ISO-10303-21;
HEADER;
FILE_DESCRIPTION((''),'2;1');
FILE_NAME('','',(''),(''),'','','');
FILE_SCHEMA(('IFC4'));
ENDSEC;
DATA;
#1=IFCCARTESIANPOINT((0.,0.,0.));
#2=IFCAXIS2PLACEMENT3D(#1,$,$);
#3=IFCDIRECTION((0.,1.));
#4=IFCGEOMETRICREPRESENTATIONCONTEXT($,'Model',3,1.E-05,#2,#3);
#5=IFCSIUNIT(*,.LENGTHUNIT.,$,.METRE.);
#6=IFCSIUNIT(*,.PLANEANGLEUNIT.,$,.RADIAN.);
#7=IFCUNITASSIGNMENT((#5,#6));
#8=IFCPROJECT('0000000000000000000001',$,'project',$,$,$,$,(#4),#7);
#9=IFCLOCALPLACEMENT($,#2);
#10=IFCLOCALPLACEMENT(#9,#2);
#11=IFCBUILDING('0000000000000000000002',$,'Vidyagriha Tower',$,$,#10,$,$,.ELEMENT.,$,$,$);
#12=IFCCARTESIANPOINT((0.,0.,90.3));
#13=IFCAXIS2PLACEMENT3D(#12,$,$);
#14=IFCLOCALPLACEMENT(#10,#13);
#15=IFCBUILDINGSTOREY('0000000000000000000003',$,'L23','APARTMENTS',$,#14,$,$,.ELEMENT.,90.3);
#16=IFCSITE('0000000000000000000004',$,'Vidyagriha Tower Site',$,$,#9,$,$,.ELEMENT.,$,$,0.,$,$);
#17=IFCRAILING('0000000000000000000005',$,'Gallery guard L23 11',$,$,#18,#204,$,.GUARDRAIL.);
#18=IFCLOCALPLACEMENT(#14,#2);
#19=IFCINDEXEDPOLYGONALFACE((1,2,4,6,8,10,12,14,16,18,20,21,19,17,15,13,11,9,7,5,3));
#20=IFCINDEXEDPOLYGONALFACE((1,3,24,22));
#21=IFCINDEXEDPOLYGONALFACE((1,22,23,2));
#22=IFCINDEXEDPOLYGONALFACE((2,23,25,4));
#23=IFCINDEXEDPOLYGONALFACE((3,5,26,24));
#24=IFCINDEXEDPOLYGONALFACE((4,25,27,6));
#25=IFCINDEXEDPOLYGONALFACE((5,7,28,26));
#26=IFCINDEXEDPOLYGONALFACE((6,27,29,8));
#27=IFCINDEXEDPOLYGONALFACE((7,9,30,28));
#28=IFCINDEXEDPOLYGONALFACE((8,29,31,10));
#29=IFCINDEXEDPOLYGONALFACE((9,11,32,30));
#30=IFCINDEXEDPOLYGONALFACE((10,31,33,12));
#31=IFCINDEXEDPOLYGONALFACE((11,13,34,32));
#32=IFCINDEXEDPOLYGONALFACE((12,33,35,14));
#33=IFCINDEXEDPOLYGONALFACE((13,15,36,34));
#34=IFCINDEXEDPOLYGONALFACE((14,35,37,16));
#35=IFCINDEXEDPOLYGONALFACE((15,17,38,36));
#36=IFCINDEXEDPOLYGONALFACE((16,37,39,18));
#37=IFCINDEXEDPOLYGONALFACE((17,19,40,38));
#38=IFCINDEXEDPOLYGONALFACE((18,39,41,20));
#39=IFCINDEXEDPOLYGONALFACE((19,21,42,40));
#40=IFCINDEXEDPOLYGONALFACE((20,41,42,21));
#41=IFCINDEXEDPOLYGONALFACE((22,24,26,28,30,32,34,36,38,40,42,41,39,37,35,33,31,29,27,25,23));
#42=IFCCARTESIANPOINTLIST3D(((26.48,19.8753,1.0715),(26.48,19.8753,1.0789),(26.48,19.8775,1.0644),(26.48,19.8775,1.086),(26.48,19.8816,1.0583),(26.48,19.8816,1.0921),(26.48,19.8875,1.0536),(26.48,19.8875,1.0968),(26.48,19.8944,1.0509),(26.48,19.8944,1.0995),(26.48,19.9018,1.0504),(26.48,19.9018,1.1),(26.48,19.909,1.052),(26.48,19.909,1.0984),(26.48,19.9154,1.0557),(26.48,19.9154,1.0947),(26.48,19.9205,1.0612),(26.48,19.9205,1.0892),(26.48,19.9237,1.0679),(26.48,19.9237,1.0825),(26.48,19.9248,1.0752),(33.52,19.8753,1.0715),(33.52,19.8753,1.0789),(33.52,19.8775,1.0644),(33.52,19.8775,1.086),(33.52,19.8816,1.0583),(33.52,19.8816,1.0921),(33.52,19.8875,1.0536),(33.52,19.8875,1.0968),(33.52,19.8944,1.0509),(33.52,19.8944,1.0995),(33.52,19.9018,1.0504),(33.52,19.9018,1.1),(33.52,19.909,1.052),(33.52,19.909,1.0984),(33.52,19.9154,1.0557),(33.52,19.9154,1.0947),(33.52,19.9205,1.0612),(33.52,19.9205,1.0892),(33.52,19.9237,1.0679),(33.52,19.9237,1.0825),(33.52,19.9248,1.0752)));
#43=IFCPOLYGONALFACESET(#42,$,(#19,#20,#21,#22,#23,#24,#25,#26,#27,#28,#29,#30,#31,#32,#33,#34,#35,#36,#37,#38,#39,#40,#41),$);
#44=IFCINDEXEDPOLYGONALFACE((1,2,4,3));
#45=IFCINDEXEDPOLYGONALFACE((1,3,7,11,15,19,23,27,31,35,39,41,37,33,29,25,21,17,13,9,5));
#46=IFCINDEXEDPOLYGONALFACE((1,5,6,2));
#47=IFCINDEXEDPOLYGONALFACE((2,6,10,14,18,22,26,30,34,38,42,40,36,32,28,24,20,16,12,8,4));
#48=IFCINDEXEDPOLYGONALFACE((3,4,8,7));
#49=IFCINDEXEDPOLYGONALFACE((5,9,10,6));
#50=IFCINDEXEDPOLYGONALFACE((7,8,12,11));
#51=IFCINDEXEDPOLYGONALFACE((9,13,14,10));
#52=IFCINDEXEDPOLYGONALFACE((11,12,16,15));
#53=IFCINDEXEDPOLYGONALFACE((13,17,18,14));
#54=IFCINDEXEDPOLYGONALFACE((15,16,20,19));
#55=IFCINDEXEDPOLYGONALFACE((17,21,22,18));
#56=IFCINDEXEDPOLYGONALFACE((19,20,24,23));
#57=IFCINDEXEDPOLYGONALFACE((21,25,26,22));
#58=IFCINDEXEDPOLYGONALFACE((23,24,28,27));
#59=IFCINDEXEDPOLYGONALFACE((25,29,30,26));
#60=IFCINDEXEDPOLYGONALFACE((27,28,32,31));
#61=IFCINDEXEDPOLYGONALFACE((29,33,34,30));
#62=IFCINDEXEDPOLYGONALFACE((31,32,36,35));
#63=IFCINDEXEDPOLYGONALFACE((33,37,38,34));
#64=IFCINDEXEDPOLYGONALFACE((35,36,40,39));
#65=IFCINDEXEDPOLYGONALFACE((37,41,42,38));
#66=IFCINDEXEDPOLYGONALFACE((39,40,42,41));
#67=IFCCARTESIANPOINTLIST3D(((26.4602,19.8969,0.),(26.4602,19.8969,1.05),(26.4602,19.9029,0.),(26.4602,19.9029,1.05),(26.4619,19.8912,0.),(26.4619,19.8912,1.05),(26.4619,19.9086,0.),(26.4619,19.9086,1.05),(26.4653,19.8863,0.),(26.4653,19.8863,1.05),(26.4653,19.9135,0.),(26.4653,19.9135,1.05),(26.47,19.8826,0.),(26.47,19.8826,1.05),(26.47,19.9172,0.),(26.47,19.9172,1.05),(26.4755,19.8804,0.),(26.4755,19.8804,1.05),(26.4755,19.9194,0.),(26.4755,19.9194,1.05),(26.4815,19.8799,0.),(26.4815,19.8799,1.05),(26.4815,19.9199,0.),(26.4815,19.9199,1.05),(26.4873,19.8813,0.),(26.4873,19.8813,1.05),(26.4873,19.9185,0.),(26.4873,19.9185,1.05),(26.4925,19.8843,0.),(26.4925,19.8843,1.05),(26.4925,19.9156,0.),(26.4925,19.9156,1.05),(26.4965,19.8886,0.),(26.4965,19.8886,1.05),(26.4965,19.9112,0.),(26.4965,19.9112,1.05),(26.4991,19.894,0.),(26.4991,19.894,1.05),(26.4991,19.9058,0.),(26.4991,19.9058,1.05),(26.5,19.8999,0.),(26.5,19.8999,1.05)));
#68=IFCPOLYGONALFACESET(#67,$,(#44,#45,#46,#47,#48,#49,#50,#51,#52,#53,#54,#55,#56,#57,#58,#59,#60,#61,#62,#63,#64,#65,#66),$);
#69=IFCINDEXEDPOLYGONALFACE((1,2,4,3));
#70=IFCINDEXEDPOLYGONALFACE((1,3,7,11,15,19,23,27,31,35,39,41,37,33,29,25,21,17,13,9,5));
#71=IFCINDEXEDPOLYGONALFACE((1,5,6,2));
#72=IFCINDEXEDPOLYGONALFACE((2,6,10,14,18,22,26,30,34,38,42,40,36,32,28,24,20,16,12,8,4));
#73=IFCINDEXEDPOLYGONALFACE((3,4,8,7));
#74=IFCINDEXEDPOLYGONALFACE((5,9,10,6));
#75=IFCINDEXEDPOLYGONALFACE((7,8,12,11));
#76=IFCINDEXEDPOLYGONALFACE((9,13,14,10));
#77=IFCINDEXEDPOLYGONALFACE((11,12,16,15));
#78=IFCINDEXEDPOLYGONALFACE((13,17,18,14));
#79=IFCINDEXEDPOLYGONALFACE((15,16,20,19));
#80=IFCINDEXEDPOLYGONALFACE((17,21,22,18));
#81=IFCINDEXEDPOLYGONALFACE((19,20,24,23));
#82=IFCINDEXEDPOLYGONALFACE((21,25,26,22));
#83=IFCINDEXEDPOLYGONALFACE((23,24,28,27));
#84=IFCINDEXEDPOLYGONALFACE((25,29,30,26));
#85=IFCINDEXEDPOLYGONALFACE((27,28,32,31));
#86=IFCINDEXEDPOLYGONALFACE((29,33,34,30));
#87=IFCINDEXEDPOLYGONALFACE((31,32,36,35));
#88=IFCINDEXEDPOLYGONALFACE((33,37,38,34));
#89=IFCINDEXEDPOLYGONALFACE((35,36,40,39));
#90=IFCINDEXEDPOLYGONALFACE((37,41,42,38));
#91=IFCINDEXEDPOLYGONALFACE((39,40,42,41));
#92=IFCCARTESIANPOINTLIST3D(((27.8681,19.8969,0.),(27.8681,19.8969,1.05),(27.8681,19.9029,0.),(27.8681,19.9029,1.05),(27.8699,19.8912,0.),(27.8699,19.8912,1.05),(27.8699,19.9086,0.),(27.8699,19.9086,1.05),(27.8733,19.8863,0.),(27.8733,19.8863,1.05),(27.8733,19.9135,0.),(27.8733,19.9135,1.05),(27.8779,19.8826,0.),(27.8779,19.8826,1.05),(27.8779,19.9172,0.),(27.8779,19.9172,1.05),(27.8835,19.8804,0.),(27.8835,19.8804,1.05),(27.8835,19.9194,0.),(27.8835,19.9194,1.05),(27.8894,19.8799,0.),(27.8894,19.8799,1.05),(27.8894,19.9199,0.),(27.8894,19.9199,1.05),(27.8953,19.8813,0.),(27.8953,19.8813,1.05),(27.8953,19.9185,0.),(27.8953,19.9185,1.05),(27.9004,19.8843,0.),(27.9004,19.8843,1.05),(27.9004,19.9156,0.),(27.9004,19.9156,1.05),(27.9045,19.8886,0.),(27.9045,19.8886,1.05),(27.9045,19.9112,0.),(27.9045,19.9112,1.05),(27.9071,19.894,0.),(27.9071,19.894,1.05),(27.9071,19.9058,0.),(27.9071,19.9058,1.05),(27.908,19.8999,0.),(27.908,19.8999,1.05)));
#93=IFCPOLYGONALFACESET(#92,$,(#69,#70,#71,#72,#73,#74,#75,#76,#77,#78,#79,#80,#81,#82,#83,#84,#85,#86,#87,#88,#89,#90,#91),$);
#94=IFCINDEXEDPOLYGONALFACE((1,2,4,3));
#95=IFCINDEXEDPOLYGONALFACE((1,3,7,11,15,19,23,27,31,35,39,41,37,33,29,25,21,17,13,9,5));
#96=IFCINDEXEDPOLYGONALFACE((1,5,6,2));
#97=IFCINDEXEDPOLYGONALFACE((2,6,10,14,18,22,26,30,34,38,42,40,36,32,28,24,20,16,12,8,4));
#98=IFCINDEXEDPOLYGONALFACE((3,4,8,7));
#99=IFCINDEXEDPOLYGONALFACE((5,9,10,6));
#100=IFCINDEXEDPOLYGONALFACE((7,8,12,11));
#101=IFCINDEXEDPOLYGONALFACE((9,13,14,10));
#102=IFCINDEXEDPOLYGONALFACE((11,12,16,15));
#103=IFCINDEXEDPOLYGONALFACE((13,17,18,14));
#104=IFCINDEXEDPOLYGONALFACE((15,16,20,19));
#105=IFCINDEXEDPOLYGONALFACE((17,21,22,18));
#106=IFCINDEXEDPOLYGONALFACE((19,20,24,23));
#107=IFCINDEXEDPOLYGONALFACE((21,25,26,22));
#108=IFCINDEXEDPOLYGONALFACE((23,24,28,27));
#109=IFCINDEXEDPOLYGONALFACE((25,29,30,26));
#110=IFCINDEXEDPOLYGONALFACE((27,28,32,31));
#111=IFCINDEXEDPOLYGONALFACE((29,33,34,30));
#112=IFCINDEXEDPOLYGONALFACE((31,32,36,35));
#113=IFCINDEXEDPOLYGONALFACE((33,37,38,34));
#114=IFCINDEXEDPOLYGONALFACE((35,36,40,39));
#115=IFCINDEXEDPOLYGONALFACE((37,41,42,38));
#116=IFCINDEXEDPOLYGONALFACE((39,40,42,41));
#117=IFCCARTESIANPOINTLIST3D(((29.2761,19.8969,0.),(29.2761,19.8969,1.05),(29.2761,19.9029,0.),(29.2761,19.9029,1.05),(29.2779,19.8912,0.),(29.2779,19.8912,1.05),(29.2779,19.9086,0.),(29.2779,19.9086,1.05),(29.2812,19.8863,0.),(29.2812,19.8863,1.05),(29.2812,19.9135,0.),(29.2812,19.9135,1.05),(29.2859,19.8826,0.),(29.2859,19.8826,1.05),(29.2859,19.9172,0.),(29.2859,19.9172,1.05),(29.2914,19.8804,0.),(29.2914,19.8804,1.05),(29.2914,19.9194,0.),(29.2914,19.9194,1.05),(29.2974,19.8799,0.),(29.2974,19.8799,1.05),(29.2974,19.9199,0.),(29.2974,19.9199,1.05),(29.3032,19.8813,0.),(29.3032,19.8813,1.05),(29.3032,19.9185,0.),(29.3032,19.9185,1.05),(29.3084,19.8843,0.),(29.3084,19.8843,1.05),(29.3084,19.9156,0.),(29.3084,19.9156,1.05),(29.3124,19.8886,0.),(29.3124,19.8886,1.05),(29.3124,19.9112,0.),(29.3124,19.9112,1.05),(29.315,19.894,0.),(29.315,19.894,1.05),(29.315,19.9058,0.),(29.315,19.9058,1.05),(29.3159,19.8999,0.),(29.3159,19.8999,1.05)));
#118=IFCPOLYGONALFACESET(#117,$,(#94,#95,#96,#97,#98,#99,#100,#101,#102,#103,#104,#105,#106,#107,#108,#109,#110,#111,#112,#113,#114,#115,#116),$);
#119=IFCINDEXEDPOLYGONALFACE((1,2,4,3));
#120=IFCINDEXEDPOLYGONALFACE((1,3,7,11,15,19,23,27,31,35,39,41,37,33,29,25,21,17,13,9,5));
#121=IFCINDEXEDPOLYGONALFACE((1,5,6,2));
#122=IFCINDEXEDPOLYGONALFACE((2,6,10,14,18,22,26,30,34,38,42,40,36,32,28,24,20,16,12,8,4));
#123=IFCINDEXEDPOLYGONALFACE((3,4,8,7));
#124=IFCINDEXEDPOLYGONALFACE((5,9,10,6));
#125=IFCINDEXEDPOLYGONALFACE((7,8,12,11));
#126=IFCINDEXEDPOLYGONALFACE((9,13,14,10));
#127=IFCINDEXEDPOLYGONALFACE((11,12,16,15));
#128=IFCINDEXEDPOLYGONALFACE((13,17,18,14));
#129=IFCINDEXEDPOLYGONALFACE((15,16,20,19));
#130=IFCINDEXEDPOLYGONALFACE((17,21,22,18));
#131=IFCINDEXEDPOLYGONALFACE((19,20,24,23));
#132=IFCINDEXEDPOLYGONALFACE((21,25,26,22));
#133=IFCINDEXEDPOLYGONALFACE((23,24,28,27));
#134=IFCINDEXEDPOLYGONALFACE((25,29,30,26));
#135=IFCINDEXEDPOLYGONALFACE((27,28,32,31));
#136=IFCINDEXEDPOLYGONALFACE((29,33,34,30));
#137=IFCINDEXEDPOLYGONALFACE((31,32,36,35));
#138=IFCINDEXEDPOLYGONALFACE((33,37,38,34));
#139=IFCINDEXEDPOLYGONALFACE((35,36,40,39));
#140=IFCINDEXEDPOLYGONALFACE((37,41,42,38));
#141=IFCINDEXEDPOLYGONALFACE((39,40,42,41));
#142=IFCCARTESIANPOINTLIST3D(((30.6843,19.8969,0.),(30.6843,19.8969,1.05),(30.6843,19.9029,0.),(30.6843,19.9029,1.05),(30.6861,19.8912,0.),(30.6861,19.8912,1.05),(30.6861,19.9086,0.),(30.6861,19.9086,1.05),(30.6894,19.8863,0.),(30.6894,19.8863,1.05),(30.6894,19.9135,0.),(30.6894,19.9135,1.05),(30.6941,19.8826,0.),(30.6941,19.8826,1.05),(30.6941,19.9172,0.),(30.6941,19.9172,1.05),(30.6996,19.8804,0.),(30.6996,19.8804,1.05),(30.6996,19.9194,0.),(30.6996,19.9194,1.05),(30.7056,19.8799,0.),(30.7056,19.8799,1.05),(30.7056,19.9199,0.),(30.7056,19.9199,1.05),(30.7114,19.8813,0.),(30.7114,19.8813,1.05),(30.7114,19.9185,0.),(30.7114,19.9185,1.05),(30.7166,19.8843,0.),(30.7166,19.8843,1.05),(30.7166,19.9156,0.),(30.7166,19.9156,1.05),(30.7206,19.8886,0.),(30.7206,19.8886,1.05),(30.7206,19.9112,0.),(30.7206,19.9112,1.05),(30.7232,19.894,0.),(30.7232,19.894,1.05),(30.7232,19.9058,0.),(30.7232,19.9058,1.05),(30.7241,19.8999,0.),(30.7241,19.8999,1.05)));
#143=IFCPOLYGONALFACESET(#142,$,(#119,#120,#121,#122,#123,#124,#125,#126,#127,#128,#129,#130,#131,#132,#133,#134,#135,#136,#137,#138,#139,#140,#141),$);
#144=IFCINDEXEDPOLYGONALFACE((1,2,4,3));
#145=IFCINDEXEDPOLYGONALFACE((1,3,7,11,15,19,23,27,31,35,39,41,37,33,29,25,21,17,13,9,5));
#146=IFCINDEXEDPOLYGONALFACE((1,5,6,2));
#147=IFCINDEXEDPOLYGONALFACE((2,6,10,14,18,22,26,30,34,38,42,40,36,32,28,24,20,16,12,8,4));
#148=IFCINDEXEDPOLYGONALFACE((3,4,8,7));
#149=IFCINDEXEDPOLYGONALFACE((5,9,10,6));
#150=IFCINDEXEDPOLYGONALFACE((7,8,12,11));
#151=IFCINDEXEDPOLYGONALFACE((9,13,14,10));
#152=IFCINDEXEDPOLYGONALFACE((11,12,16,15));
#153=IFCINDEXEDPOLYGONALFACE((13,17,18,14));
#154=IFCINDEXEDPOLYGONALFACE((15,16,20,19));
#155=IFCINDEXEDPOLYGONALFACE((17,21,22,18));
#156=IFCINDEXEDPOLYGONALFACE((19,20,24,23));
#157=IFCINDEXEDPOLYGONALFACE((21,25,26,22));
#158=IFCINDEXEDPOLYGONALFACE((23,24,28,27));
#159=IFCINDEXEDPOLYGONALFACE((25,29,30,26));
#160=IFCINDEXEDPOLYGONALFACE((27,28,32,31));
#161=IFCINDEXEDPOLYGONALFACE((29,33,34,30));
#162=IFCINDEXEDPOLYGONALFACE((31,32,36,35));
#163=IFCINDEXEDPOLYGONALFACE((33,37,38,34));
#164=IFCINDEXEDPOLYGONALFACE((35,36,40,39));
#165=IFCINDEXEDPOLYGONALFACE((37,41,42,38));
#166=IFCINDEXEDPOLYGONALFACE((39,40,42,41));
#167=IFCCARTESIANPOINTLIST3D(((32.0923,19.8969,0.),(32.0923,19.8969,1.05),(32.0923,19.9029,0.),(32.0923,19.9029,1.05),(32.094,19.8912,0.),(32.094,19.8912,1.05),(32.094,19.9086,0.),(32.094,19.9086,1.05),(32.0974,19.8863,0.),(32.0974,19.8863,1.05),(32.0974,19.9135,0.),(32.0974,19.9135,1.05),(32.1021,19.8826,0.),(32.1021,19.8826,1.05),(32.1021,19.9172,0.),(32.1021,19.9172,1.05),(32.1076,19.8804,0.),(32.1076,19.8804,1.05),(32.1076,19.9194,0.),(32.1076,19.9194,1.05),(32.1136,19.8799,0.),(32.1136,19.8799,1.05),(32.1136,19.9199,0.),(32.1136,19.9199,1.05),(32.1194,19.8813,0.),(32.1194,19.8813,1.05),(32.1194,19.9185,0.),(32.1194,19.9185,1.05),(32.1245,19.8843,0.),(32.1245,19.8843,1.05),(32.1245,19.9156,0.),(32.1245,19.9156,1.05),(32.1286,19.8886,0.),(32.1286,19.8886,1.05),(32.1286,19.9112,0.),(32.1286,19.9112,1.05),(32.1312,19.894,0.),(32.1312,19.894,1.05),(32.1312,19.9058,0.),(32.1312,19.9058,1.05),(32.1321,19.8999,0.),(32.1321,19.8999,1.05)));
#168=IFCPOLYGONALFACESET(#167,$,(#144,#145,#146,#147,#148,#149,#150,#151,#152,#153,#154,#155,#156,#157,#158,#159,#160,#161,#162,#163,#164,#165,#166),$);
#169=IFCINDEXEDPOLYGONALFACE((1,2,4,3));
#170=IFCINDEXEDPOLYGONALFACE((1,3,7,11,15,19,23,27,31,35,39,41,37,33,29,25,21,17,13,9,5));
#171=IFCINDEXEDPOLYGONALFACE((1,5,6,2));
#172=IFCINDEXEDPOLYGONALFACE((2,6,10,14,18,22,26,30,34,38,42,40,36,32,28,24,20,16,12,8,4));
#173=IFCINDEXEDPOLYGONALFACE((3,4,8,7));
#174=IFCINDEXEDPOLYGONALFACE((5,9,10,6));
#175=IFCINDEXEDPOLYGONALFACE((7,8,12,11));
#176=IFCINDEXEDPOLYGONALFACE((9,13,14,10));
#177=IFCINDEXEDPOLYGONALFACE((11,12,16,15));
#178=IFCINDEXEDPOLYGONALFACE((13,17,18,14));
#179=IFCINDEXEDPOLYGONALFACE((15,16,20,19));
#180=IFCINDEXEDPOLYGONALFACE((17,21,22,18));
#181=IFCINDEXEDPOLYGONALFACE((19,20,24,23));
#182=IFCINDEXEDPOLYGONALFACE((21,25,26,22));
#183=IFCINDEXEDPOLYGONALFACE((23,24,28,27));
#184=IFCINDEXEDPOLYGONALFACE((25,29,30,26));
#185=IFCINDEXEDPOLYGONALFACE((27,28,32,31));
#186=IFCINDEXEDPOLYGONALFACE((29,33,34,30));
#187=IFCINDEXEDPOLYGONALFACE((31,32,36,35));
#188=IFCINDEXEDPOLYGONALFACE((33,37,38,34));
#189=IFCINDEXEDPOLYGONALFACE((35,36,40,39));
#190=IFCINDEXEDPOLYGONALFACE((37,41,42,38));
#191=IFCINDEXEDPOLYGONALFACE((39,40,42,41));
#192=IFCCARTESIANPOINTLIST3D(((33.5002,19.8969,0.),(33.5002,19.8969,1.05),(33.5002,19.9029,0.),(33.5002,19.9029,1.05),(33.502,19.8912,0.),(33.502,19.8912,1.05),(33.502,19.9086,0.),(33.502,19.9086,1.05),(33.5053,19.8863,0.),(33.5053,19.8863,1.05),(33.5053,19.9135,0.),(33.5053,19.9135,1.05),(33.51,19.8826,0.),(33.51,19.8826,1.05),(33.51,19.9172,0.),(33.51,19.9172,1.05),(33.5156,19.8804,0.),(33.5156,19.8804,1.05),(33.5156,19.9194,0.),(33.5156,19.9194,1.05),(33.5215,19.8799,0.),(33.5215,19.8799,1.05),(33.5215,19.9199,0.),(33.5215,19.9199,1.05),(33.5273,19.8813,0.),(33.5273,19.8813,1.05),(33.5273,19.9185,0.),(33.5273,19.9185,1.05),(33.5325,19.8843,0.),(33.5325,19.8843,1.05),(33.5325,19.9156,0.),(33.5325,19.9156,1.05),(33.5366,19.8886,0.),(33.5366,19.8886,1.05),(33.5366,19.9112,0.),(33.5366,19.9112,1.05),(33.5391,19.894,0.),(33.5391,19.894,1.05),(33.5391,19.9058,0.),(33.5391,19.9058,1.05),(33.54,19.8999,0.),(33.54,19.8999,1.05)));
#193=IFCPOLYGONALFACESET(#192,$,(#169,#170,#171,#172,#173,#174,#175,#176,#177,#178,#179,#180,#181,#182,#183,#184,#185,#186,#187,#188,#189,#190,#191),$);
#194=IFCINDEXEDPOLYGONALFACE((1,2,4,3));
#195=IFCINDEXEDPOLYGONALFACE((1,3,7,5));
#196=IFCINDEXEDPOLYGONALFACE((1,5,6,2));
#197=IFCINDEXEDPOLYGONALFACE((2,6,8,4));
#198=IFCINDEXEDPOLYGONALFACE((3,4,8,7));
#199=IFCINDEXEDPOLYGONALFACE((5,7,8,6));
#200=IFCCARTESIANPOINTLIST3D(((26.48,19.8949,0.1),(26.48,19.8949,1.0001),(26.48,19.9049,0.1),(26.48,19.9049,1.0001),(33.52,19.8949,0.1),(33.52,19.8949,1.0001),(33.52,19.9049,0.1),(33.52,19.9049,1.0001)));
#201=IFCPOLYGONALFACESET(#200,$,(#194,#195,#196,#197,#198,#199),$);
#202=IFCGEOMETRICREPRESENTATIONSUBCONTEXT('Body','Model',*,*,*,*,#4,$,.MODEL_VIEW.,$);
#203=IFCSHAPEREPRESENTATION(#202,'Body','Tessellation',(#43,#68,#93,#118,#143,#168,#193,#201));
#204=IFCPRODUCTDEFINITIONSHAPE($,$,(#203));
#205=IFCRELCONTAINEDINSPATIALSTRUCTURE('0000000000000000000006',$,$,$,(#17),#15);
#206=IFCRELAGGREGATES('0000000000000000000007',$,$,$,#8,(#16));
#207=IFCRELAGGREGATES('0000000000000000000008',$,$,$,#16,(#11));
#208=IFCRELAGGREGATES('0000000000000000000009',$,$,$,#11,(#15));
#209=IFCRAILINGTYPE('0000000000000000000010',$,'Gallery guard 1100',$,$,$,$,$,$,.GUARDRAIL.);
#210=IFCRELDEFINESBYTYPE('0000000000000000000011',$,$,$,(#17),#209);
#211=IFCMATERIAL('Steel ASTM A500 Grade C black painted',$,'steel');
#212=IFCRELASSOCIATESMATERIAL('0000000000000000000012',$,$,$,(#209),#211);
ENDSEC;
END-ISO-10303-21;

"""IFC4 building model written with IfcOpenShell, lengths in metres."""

from ifc_helpers import new_model, si_unit, direction, frame, origin, origin_2d, place, context, subcontext, project, spatial, rectangle, circle, extrude, material, type_object, element, save


model = new_model("IFC4")

# Units and contexts
model_context = context("Model", 3, precision=1e-05, world=origin(), true_north=direction((0.0, 1.0)))
body_context = subcontext(model_context, "Body", "Model", "MODEL_VIEW")
ifc_project = project(units=[si_unit("LENGTHUNIT", "METRE"), si_unit("PLANEANGLEUNIT", "RADIAN")], contexts=[model_context])

# Site, building, storey
site_placement = place(None, origin())
site = spatial("IfcSite", under=ifc_project, at=site_placement, Name="Vidyagriha Tower Site", CompositionType="ELEMENT", RefElevation=0.0)
building_placement = place(site_placement, origin())
building = spatial("IfcBuilding", under=site, at=building_placement, Name="Vidyagriha Tower", CompositionType="ELEMENT")
storey_placement = place(building_placement, frame((0.0, 0.0, 90.3)))
storey = spatial("IfcBuildingStorey", under=building, at=storey_placement, Name="L23", Description="APARTMENTS", CompositionType="ELEMENT", Elevation=90.3)

# Railing
ifc_material_1 = material(Name="Steel ASTM A500 Grade C black painted", Category="steel")
railing_type = type_object("IfcRailingType", Name="Gallery guard 1100", PredefinedType="GUARDRAIL", material=ifc_material_1)
railing_1_placement = place(storey_placement, frame((26.48, 19.8999, 0.0)))
element("IfcRailing", 1, at=railing_1_placement, inside=storey, type_object=railing_type, Name="Gallery guard L23 11", PredefinedType="GUARDRAIL", context=body_context, shape_type="SweptSolid", body=[
    extrude(circle(Radius=0.0249, at=origin_2d()), frame((0.0, 0.0, 1.0752), z_axis=(1.0, 0.0, 0.0), x_axis=(0.0, 1.0, 0.0)), (0.0, 0.0, 1.0), 7.04),
    extrude(circle(Radius=0.02, at=origin_2d()), origin(), (0.0, 0.0, 1.0), 1.05),
    extrude(circle(Radius=0.02, at=origin_2d()), frame((1.408, 0.0, 0.0)), (0.0, 0.0, 1.0), 1.05),
    extrude(circle(Radius=0.02, at=origin_2d()), frame((2.8159, 0.0, 0.0)), (0.0, 0.0, 1.0), 1.05),
    extrude(circle(Radius=0.02, at=origin_2d()), frame((4.2241, 0.0, 0.0)), (0.0, 0.0, 1.0), 1.05),
    extrude(circle(Radius=0.02, at=origin_2d()), frame((5.6321, 0.0, 0.0)), (0.0, 0.0, 1.0), 1.05),
    extrude(circle(Radius=0.02, at=origin_2d()), frame((7.04, 0.0, 0.0)), (0.0, 0.0, 1.0), 1.05),
    extrude(rectangle(XDim=0.01, YDim=0.9001, at=origin_2d()), frame((0.0, 0.0, 0.55), z_axis=(1.0, 0.0, 0.0), x_axis=(0.0, 1.0, 0.0)), (0.0, 0.0, 1.0), 7.04),
])

save(model, "model.ifc")
